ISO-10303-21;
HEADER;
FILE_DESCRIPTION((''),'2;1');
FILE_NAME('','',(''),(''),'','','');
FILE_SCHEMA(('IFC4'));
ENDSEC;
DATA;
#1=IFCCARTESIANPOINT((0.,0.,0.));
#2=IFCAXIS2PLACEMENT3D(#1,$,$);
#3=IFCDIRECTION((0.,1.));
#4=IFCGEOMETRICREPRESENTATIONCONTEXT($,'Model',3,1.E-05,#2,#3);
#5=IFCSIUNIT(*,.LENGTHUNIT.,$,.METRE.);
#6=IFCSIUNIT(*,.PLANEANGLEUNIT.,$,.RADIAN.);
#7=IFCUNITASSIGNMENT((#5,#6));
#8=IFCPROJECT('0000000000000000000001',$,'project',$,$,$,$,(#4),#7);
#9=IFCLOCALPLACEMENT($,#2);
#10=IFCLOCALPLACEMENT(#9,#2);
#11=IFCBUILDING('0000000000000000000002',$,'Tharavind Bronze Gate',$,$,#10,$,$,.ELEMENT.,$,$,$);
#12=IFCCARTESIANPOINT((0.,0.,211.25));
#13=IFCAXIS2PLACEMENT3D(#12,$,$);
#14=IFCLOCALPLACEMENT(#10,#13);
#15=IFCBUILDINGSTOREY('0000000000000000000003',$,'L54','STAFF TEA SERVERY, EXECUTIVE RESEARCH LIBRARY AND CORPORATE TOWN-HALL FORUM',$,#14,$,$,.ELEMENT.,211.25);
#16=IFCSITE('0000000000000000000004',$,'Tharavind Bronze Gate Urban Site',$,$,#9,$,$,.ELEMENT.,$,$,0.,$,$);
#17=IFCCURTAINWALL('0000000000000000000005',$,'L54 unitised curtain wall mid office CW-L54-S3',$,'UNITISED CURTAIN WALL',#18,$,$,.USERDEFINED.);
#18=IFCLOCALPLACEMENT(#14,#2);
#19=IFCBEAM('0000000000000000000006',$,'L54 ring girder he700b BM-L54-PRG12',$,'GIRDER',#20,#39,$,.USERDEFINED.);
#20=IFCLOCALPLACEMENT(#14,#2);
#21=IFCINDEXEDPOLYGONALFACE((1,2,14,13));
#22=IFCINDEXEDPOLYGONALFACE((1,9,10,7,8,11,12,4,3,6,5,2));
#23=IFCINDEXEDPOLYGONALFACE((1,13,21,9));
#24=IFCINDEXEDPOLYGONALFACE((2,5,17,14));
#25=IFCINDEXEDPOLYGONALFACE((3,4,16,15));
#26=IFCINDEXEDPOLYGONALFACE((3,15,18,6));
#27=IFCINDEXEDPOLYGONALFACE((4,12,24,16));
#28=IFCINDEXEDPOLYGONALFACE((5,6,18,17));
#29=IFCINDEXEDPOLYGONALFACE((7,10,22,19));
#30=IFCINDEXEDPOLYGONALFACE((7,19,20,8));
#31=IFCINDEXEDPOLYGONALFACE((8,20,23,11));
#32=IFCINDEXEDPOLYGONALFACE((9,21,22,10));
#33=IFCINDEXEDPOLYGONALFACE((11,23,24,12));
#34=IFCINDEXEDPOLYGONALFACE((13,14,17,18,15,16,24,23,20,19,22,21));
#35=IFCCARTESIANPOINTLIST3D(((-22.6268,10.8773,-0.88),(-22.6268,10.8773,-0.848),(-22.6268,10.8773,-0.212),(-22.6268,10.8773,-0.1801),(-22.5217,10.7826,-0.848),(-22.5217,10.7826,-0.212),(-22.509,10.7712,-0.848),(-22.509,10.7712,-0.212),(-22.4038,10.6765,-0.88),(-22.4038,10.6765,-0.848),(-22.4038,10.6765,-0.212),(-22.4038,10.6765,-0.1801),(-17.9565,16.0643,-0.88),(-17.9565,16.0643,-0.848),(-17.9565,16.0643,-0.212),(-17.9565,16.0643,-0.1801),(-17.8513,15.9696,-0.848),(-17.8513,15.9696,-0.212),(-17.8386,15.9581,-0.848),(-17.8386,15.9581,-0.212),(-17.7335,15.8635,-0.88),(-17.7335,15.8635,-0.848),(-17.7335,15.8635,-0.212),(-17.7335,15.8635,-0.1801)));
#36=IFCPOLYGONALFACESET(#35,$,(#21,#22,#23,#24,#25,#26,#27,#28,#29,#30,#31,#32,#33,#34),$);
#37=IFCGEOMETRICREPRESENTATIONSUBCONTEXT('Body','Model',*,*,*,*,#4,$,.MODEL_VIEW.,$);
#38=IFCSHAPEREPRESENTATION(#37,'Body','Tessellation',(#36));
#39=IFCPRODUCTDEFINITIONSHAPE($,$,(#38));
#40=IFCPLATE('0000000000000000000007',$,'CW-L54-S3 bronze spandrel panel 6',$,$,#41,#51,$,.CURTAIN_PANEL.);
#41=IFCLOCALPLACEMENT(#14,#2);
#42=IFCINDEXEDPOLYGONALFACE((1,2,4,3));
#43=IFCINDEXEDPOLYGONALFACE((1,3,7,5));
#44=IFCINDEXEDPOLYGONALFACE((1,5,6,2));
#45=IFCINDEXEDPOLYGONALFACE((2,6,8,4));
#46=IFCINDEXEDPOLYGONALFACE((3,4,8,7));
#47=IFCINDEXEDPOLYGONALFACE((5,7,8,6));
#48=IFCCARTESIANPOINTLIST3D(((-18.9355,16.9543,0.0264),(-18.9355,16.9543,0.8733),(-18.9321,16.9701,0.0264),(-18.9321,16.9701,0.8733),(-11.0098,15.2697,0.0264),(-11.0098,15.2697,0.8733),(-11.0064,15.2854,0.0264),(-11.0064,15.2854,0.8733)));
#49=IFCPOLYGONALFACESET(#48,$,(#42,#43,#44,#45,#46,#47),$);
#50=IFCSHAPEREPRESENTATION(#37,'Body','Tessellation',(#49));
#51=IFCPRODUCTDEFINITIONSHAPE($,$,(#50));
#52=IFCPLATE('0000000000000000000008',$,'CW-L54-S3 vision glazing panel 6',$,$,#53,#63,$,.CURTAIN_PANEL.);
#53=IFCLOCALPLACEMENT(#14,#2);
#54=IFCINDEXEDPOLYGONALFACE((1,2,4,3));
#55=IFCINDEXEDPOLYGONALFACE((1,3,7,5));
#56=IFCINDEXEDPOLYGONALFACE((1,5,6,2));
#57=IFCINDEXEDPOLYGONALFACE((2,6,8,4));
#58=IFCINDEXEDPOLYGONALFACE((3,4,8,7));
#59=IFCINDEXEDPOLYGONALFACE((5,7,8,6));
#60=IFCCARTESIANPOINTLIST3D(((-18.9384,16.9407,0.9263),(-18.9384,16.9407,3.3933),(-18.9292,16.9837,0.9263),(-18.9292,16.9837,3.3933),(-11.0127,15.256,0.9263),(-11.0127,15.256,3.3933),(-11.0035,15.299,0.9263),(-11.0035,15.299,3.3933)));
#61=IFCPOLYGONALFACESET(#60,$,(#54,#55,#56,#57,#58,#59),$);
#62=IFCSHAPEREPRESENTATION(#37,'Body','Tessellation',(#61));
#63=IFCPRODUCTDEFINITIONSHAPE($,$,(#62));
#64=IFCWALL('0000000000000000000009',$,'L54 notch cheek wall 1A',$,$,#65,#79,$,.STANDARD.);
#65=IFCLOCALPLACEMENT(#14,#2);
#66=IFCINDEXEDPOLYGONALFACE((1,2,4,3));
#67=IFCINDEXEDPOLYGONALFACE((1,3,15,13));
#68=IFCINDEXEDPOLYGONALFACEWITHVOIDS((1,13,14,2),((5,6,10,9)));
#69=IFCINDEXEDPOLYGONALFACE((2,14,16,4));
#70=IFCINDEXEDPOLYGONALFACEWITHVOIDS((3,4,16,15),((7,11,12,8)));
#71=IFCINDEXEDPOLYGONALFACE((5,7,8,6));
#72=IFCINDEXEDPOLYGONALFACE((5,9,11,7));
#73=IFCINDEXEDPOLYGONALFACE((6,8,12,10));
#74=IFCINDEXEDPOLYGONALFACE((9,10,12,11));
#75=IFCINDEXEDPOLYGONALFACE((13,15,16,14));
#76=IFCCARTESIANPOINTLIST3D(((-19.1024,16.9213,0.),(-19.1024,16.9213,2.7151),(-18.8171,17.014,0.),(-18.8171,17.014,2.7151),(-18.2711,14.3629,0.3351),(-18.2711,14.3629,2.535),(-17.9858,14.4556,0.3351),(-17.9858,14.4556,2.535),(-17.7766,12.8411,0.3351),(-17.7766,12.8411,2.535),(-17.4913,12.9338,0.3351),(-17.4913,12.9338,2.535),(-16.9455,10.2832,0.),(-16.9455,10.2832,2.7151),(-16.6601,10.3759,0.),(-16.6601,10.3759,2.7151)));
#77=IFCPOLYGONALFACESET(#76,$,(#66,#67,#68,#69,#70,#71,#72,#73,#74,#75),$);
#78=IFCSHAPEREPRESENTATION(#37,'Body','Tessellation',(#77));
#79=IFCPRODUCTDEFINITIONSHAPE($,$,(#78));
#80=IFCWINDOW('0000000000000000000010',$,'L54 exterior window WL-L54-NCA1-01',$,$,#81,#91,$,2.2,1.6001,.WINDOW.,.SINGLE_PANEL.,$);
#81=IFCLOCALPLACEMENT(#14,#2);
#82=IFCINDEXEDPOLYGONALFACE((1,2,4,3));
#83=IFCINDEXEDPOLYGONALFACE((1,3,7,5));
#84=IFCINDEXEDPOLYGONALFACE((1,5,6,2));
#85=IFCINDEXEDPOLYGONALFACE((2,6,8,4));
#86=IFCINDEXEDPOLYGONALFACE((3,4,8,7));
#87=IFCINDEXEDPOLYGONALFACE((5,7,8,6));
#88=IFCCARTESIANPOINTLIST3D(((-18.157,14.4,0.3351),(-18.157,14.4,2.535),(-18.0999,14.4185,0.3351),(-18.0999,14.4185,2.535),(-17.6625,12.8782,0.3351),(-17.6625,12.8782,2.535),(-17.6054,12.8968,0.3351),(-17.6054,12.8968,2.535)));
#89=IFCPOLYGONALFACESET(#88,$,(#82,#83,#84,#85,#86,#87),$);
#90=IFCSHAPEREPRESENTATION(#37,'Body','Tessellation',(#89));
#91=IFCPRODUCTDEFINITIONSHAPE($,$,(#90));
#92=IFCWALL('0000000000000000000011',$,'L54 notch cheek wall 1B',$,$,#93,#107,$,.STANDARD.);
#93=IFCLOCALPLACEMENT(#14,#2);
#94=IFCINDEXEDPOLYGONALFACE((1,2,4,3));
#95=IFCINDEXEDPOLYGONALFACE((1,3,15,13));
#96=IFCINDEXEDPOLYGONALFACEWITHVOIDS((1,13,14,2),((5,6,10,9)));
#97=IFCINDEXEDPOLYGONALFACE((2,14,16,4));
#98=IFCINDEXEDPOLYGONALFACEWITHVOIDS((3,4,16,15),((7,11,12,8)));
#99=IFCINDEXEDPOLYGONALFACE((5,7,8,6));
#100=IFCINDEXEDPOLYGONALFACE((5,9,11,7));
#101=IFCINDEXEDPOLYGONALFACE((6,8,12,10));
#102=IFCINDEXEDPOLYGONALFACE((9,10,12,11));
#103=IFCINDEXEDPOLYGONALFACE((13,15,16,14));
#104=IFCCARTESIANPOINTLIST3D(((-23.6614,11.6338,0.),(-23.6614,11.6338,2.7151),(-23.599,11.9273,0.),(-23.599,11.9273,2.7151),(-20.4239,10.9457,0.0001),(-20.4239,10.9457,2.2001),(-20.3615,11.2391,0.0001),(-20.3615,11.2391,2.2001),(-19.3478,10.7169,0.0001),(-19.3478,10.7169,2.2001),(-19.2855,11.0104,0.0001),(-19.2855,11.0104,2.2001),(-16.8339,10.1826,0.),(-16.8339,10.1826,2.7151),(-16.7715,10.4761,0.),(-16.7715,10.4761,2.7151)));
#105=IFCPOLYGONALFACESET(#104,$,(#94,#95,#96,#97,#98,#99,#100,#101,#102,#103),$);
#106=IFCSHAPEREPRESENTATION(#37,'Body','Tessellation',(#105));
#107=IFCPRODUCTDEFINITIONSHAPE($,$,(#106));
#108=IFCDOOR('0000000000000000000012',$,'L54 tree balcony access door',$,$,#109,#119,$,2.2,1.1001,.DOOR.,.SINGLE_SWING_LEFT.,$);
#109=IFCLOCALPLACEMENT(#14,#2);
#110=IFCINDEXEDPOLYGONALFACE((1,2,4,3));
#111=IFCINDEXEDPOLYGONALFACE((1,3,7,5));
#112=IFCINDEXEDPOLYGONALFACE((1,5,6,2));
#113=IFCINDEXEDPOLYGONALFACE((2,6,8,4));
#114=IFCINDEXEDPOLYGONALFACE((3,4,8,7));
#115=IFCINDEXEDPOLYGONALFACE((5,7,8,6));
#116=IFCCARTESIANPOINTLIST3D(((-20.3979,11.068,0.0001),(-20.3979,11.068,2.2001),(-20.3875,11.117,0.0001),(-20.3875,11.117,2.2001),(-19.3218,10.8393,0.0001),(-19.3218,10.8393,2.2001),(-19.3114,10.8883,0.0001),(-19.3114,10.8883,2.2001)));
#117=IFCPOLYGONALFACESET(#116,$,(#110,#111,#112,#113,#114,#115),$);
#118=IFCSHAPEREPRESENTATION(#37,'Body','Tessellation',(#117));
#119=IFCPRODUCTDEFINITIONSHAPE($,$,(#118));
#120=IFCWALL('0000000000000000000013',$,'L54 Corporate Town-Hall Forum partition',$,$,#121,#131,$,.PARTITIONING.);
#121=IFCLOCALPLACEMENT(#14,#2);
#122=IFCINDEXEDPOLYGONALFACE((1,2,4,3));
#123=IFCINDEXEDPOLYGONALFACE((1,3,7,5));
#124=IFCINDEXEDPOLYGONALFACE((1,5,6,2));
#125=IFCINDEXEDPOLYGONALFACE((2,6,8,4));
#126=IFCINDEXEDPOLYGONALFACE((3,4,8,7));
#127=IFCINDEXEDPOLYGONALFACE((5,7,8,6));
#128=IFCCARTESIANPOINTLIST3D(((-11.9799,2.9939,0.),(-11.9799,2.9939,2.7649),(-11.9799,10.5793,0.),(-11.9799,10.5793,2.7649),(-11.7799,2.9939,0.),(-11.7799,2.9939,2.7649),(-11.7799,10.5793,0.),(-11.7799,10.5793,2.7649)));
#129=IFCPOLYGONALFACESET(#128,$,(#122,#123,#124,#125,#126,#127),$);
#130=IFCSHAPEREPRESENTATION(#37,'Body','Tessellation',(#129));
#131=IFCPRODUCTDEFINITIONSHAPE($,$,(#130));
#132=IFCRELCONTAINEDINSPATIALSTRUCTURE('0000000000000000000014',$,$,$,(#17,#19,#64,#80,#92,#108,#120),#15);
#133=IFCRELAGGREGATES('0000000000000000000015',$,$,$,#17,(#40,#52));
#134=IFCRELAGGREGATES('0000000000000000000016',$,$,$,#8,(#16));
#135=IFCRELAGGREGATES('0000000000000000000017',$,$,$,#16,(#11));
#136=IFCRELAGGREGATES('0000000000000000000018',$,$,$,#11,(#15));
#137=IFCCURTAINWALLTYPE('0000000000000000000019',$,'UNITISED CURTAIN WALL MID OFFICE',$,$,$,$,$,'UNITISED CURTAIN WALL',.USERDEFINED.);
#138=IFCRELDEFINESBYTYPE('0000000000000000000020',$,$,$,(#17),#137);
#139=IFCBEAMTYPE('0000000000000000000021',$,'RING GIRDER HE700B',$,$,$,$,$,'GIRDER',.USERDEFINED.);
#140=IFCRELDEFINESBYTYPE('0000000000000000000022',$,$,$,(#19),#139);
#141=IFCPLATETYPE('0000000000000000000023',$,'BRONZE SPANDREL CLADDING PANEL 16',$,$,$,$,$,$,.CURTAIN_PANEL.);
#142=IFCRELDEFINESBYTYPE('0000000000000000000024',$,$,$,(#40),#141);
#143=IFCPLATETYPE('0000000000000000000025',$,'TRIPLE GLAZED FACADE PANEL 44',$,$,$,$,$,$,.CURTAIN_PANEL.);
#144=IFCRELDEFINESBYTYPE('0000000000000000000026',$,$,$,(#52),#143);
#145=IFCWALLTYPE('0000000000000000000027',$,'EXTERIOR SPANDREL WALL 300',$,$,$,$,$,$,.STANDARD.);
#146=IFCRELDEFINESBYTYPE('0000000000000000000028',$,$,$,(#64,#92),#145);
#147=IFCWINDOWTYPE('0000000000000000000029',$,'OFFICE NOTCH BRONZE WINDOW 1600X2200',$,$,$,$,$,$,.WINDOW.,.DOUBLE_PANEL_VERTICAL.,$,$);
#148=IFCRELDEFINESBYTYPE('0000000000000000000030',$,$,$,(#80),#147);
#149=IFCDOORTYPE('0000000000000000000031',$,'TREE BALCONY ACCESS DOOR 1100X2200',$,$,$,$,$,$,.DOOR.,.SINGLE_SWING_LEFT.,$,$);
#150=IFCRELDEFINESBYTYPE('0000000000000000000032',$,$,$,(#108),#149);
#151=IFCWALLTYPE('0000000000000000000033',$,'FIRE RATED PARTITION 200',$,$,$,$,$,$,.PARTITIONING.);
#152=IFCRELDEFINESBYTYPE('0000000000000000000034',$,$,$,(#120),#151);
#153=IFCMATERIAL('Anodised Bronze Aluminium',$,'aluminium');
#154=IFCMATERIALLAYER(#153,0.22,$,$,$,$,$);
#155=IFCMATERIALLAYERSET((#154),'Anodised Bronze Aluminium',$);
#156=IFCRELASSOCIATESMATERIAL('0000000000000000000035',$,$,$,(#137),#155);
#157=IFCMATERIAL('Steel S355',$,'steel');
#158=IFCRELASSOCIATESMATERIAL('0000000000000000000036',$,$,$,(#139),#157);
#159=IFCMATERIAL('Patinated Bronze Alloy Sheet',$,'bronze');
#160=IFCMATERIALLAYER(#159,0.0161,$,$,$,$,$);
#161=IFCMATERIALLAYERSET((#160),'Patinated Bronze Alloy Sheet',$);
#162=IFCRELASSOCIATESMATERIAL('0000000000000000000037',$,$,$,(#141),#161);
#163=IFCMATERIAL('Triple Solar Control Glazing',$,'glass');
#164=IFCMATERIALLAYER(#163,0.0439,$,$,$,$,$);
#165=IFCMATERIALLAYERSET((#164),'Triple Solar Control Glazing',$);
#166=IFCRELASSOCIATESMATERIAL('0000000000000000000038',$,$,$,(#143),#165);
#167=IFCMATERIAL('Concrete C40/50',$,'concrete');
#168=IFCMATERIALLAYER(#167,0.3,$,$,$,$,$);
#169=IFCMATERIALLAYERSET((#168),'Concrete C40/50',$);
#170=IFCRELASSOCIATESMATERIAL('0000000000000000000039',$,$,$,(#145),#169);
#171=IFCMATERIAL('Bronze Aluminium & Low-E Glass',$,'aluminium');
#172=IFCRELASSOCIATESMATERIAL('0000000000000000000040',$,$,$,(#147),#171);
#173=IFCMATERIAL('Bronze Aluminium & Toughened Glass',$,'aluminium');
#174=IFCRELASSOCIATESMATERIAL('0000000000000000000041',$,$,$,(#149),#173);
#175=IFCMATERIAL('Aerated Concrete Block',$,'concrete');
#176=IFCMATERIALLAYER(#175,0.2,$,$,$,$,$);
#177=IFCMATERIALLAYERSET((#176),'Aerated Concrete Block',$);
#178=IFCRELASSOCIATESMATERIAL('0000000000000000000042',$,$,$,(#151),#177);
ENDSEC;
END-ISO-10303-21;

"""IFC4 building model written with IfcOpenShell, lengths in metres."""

from ifc_helpers import new_model, si_unit, direction, frame, frame_2d, origin, origin_2d, place, context, subcontext, project, spatial, rectangle, i_section, extrude, material, layer, layer_set, material_profile, profile_set, type_object, element, fill, aggregate, save


model = new_model("IFC4")

# Units and contexts
model_context = context("Model", 3, precision=1e-05, world=origin(), true_north=direction((0.0, 1.0)))
body_context = subcontext(model_context, "Body", "Model", "MODEL_VIEW")
ifc_project = project(units=[si_unit("LENGTHUNIT", "METRE"), si_unit("PLANEANGLEUNIT", "RADIAN")], contexts=[model_context])

# Site, building, storey
site_placement = place(None, origin())
site = spatial("IfcSite", under=ifc_project, at=site_placement, Name="Tharavind Bronze Gate Urban Site", CompositionType="ELEMENT", RefElevation=0.0)
building_placement = place(site_placement, origin())
building = spatial("IfcBuilding", under=site, at=building_placement, Name="Tharavind Bronze Gate", CompositionType="ELEMENT")
storey_placement = place(building_placement, frame((0.0, 0.0, 211.25)))
storey = spatial("IfcBuildingStorey", under=building, at=storey_placement, Name="L54", Description="STAFF TEA SERVERY, EXECUTIVE RESEARCH LIBRARY AND CORPORATE TOWN-HALL FORUM", CompositionType="ELEMENT", Elevation=211.25)

# Shared definitions
ifc_material_1 = material(Name="Anodised Bronze Aluminium", Category="aluminium")
ifc_layer_1 = layer(ifc_material_1, 0.22)
ifc_layer_set_1 = layer_set([ifc_layer_1], Name="Anodised Bronze Aluminium")
curtain_wall_type = type_object("IfcCurtainWallType", Name="UNITISED CURTAIN WALL MID OFFICE", ElementType="UNITISED CURTAIN WALL", PredefinedType="USERDEFINED", material=ifc_layer_set_1)

# Curtain wall
curtain_wall_1_placement = place(storey_placement, origin())
curtain_wall_1 = element("IfcCurtainWall", 1, at=curtain_wall_1_placement, inside=storey, type_object=curtain_wall_type, Name="L54 unitised curtain wall mid office CW-L54-S3", ObjectType="UNITISED CURTAIN WALL", PredefinedType="USERDEFINED")

# Beam
ifc_material_2 = material(Name="Steel S355", Category="steel")
ifc_material_profile_1 = material_profile(ifc_material_2, i_section(OverallWidth=0.3, OverallDepth=0.7, WebThickness=0.0171, FlangeThickness=0.032, at=origin_2d()), Name="HE700B")
ifc_profile_set_1 = profile_set([ifc_material_profile_1], Name="Steel S355")
beam_type_1 = type_object("IfcBeamType", Name="RING GIRDER HE700B", ElementType="GIRDER", PredefinedType="USERDEFINED", material=ifc_profile_set_1)
beam_1_placement = place(storey_placement, frame((-17.845, 15.9639, -0.53), z_axis=(-0.669131, -0.743145, 0.0), x_axis=(0.743145, -0.669131, 0.0)))
element("IfcBeam", 2, at=beam_1_placement, inside=storey, type_object=beam_type_1, Name="L54 ring girder he700b BM-L54-PRG12", ObjectType="GIRDER", PredefinedType="USERDEFINED", context=body_context, shape_type="SweptSolid", body=[
    extrude(i_section(OverallWidth=0.3, OverallDepth=0.7, WebThickness=0.0171, FlangeThickness=0.032, at=origin_2d()), origin(), (0.0, 0.0, 1.0), 6.9797),
])

# Plates
ifc_material_3 = material(Name="Patinated Bronze Alloy Sheet", Category="bronze")
ifc_layer_2 = layer(ifc_material_3, 0.0161)
ifc_layer_set_2 = layer_set([ifc_layer_2], Name="Patinated Bronze Alloy Sheet")
plate_type_1 = type_object("IfcPlateType", Name="BRONZE SPANDREL CLADDING PANEL 16", PredefinedType="CURTAIN_PANEL", material=ifc_layer_set_2)
plate_1_placement = place(storey_placement, frame((-14.9709, 16.1199, 0.0264), z_axis=(0.0, 0.0, 1.0), x_axis=(-0.978148, 0.207912, 0.0)))
plate_1 = element("IfcPlate", 3, at=plate_1_placement, type_object=plate_type_1, Name="CW-L54-S3 bronze spandrel panel 6", PredefinedType="CURTAIN_PANEL", context=body_context, shape_type="SweptSolid", body=[
    extrude(rectangle(XDim=8.1028, YDim=0.0161, at=origin_2d()), origin(), (0.0, 0.0, 1.0), 0.8469),
])
ifc_material_4 = material(Name="Triple Solar Control Glazing", Category="glass")
ifc_layer_3 = layer(ifc_material_4, 0.0439)
ifc_layer_set_3 = layer_set([ifc_layer_3], Name="Triple Solar Control Glazing")
plate_type_2 = type_object("IfcPlateType", Name="TRIPLE GLAZED FACADE PANEL 44", PredefinedType="CURTAIN_PANEL", material=ifc_layer_set_3)
plate_2_placement = place(storey_placement, frame((-14.9709, 16.1199, 0.9263), z_axis=(0.0, 0.0, 1.0), x_axis=(-0.978148, 0.207912, 0.0)))
plate_2 = element("IfcPlate", 4, at=plate_2_placement, type_object=plate_type_2, Name="CW-L54-S3 vision glazing panel 6", PredefinedType="CURTAIN_PANEL", context=body_context, shape_type="SweptSolid", body=[
    extrude(rectangle(XDim=8.1028, YDim=0.0439, at=origin_2d()), origin(), (0.0, 0.0, 1.0), 2.467),
])
aggregate(curtain_wall_1, [plate_1, plate_2])

# Wall, opening, window
ifc_material_5 = material(Name="Concrete C40/50", Category="concrete")
ifc_layer_4 = layer(ifc_material_5, 0.3)
ifc_layer_set_4 = layer_set([ifc_layer_4], Name="Concrete C40/50")
wall_type_1 = type_object("IfcWallType", Name="EXTERIOR SPANDREL WALL 300", PredefinedType="STANDARD", material=ifc_layer_set_4)
wall_1_placement = place(storey_placement, frame((-18.9597, 16.9675, 0.0), z_axis=(0.0, 0.0, 1.0), x_axis=(0.309031, -0.951052, 0.0)))
wall_1 = element("IfcWall", 5, at=wall_1_placement, inside=storey, type_object=wall_type_1, Name="L54 notch cheek wall 1A", PredefinedType="STANDARD", context=body_context, shape_type="SweptSolid", body=[
    extrude(rectangle(XDim=6.9797, YDim=0.3, at=frame_2d((3.4897, 0.0))), origin(), (0.0, 0.0, 1.0), 2.7151),
])
opening_1_placement = place(wall_1_placement, frame((2.6899, 0.0, 0.335)))
opening_1 = element("IfcOpeningElement", 6, at=opening_1_placement, cuts=wall_1, PredefinedType="OPENING", context=body_context, shape_type="SweptSolid", body=[
    extrude(rectangle(XDim=1.6001, YDim=2.2, at=frame_2d((0.8, 1.1001))), frame((0.0, 0.1599, 0.0), z_axis=(0.0, -1.0, 0.0), x_axis=(1.0, 0.0, 0.0)), (0.0, 0.0, 1.0), 0.32),
])
ifc_material_6 = material(Name="Bronze Aluminium & Low-E Glass", Category="aluminium")
window_type = type_object("IfcWindowType", Name="OFFICE NOTCH BRONZE WINDOW 1600X2200", PartitioningType="DOUBLE_PANEL_VERTICAL", PredefinedType="WINDOW", material=ifc_material_6)
window_placement = place(opening_1_placement, origin())
window = element("IfcWindow", 7, at=window_placement, inside=storey, type_object=window_type, Name="L54 exterior window WL-L54-NCA1-01", OverallHeight=2.2, OverallWidth=1.6001, PartitioningType="SINGLE_PANEL", PredefinedType="WINDOW", context=body_context, shape_type="SweptSolid", body=[
    extrude(rectangle(XDim=1.6001, YDim=2.2, at=frame_2d((0.8, 1.1001))), frame((0.0, 0.03, 0.0), z_axis=(0.0, -1.0, 0.0), x_axis=(1.0, 0.0, 0.0)), (0.0, 0.0, 1.0), 0.0601),
])
fill(opening_1, window)

# Wall, opening, door
wall_2_placement = place(storey_placement, frame((-16.8027, 10.3293, 0.0), z_axis=(0.0, 0.0, 1.0), x_axis=(-0.978149, 0.207907, 0.0)))
wall_2 = element("IfcWall", 8, at=wall_2_placement, inside=storey, type_object=wall_type_1, Name="L54 notch cheek wall 1B", PredefinedType="STANDARD", context=body_context, shape_type="SweptSolid", body=[
    extrude(rectangle(XDim=6.98, YDim=0.3, at=frame_2d((3.49, 0.0))), origin(), (0.0, 0.0, 1.0), 2.7151),
])
opening_2_placement = place(wall_2_placement, frame((2.5701, 0.0, 0.0)))
opening_2 = element("IfcOpeningElement", 9, at=opening_2_placement, cuts=wall_2, PredefinedType="OPENING", context=body_context, shape_type="SweptSolid", body=[
    extrude(rectangle(XDim=1.1001, YDim=2.2, at=frame_2d((0.55, 1.1001))), frame((0.0, 0.1599, 0.0), z_axis=(0.0, -1.0, 0.0), x_axis=(1.0, 0.0, 0.0)), (0.0, 0.0, 1.0), 0.32),
])
ifc_material_7 = material(Name="Bronze Aluminium & Toughened Glass", Category="aluminium")
door_type = type_object("IfcDoorType", Name="TREE BALCONY ACCESS DOOR 1100X2200", OperationType="SINGLE_SWING_LEFT", PredefinedType="DOOR", material=ifc_material_7)
door_placement = place(opening_2_placement, origin())
door = element("IfcDoor", 10, at=door_placement, inside=storey, type_object=door_type, Name="L54 tree balcony access door", OperationType="SINGLE_SWING_LEFT", OverallHeight=2.2, OverallWidth=1.1001, PredefinedType="DOOR", context=body_context, shape_type="SweptSolid", body=[
    extrude(rectangle(XDim=1.1001, YDim=2.2, at=frame_2d((0.55, 1.1001))), frame((0.0, 0.0249, 0.0), z_axis=(0.0, -1.0, 0.0), x_axis=(1.0, 0.0, 0.0)), (0.0, 0.0, 1.0), 0.05),
])
fill(opening_2, door)

# Wall
ifc_material_8 = material(Name="Aerated Concrete Block", Category="concrete")
ifc_layer_5 = layer(ifc_material_8, 0.2)
ifc_layer_set_5 = layer_set([ifc_layer_5], Name="Aerated Concrete Block")
wall_type_2 = type_object("IfcWallType", Name="FIRE RATED PARTITION 200", PredefinedType="PARTITIONING", material=ifc_layer_set_5)
wall_3_placement = place(storey_placement, frame((-11.8799, 10.5793, 0.0), z_axis=(0.0, 0.0, 1.0), x_axis=(0.0, -1.0, 0.0)))
element("IfcWall", 11, at=wall_3_placement, inside=storey, type_object=wall_type_2, Name="L54 Corporate Town-Hall Forum partition", PredefinedType="PARTITIONING", context=body_context, shape_type="SweptSolid", body=[
    extrude(rectangle(XDim=7.5854, YDim=0.2, at=frame_2d((3.7927, 0.0))), origin(), (0.0, 0.0, 1.0), 2.7649),
])

save(model, "model.ifc")
